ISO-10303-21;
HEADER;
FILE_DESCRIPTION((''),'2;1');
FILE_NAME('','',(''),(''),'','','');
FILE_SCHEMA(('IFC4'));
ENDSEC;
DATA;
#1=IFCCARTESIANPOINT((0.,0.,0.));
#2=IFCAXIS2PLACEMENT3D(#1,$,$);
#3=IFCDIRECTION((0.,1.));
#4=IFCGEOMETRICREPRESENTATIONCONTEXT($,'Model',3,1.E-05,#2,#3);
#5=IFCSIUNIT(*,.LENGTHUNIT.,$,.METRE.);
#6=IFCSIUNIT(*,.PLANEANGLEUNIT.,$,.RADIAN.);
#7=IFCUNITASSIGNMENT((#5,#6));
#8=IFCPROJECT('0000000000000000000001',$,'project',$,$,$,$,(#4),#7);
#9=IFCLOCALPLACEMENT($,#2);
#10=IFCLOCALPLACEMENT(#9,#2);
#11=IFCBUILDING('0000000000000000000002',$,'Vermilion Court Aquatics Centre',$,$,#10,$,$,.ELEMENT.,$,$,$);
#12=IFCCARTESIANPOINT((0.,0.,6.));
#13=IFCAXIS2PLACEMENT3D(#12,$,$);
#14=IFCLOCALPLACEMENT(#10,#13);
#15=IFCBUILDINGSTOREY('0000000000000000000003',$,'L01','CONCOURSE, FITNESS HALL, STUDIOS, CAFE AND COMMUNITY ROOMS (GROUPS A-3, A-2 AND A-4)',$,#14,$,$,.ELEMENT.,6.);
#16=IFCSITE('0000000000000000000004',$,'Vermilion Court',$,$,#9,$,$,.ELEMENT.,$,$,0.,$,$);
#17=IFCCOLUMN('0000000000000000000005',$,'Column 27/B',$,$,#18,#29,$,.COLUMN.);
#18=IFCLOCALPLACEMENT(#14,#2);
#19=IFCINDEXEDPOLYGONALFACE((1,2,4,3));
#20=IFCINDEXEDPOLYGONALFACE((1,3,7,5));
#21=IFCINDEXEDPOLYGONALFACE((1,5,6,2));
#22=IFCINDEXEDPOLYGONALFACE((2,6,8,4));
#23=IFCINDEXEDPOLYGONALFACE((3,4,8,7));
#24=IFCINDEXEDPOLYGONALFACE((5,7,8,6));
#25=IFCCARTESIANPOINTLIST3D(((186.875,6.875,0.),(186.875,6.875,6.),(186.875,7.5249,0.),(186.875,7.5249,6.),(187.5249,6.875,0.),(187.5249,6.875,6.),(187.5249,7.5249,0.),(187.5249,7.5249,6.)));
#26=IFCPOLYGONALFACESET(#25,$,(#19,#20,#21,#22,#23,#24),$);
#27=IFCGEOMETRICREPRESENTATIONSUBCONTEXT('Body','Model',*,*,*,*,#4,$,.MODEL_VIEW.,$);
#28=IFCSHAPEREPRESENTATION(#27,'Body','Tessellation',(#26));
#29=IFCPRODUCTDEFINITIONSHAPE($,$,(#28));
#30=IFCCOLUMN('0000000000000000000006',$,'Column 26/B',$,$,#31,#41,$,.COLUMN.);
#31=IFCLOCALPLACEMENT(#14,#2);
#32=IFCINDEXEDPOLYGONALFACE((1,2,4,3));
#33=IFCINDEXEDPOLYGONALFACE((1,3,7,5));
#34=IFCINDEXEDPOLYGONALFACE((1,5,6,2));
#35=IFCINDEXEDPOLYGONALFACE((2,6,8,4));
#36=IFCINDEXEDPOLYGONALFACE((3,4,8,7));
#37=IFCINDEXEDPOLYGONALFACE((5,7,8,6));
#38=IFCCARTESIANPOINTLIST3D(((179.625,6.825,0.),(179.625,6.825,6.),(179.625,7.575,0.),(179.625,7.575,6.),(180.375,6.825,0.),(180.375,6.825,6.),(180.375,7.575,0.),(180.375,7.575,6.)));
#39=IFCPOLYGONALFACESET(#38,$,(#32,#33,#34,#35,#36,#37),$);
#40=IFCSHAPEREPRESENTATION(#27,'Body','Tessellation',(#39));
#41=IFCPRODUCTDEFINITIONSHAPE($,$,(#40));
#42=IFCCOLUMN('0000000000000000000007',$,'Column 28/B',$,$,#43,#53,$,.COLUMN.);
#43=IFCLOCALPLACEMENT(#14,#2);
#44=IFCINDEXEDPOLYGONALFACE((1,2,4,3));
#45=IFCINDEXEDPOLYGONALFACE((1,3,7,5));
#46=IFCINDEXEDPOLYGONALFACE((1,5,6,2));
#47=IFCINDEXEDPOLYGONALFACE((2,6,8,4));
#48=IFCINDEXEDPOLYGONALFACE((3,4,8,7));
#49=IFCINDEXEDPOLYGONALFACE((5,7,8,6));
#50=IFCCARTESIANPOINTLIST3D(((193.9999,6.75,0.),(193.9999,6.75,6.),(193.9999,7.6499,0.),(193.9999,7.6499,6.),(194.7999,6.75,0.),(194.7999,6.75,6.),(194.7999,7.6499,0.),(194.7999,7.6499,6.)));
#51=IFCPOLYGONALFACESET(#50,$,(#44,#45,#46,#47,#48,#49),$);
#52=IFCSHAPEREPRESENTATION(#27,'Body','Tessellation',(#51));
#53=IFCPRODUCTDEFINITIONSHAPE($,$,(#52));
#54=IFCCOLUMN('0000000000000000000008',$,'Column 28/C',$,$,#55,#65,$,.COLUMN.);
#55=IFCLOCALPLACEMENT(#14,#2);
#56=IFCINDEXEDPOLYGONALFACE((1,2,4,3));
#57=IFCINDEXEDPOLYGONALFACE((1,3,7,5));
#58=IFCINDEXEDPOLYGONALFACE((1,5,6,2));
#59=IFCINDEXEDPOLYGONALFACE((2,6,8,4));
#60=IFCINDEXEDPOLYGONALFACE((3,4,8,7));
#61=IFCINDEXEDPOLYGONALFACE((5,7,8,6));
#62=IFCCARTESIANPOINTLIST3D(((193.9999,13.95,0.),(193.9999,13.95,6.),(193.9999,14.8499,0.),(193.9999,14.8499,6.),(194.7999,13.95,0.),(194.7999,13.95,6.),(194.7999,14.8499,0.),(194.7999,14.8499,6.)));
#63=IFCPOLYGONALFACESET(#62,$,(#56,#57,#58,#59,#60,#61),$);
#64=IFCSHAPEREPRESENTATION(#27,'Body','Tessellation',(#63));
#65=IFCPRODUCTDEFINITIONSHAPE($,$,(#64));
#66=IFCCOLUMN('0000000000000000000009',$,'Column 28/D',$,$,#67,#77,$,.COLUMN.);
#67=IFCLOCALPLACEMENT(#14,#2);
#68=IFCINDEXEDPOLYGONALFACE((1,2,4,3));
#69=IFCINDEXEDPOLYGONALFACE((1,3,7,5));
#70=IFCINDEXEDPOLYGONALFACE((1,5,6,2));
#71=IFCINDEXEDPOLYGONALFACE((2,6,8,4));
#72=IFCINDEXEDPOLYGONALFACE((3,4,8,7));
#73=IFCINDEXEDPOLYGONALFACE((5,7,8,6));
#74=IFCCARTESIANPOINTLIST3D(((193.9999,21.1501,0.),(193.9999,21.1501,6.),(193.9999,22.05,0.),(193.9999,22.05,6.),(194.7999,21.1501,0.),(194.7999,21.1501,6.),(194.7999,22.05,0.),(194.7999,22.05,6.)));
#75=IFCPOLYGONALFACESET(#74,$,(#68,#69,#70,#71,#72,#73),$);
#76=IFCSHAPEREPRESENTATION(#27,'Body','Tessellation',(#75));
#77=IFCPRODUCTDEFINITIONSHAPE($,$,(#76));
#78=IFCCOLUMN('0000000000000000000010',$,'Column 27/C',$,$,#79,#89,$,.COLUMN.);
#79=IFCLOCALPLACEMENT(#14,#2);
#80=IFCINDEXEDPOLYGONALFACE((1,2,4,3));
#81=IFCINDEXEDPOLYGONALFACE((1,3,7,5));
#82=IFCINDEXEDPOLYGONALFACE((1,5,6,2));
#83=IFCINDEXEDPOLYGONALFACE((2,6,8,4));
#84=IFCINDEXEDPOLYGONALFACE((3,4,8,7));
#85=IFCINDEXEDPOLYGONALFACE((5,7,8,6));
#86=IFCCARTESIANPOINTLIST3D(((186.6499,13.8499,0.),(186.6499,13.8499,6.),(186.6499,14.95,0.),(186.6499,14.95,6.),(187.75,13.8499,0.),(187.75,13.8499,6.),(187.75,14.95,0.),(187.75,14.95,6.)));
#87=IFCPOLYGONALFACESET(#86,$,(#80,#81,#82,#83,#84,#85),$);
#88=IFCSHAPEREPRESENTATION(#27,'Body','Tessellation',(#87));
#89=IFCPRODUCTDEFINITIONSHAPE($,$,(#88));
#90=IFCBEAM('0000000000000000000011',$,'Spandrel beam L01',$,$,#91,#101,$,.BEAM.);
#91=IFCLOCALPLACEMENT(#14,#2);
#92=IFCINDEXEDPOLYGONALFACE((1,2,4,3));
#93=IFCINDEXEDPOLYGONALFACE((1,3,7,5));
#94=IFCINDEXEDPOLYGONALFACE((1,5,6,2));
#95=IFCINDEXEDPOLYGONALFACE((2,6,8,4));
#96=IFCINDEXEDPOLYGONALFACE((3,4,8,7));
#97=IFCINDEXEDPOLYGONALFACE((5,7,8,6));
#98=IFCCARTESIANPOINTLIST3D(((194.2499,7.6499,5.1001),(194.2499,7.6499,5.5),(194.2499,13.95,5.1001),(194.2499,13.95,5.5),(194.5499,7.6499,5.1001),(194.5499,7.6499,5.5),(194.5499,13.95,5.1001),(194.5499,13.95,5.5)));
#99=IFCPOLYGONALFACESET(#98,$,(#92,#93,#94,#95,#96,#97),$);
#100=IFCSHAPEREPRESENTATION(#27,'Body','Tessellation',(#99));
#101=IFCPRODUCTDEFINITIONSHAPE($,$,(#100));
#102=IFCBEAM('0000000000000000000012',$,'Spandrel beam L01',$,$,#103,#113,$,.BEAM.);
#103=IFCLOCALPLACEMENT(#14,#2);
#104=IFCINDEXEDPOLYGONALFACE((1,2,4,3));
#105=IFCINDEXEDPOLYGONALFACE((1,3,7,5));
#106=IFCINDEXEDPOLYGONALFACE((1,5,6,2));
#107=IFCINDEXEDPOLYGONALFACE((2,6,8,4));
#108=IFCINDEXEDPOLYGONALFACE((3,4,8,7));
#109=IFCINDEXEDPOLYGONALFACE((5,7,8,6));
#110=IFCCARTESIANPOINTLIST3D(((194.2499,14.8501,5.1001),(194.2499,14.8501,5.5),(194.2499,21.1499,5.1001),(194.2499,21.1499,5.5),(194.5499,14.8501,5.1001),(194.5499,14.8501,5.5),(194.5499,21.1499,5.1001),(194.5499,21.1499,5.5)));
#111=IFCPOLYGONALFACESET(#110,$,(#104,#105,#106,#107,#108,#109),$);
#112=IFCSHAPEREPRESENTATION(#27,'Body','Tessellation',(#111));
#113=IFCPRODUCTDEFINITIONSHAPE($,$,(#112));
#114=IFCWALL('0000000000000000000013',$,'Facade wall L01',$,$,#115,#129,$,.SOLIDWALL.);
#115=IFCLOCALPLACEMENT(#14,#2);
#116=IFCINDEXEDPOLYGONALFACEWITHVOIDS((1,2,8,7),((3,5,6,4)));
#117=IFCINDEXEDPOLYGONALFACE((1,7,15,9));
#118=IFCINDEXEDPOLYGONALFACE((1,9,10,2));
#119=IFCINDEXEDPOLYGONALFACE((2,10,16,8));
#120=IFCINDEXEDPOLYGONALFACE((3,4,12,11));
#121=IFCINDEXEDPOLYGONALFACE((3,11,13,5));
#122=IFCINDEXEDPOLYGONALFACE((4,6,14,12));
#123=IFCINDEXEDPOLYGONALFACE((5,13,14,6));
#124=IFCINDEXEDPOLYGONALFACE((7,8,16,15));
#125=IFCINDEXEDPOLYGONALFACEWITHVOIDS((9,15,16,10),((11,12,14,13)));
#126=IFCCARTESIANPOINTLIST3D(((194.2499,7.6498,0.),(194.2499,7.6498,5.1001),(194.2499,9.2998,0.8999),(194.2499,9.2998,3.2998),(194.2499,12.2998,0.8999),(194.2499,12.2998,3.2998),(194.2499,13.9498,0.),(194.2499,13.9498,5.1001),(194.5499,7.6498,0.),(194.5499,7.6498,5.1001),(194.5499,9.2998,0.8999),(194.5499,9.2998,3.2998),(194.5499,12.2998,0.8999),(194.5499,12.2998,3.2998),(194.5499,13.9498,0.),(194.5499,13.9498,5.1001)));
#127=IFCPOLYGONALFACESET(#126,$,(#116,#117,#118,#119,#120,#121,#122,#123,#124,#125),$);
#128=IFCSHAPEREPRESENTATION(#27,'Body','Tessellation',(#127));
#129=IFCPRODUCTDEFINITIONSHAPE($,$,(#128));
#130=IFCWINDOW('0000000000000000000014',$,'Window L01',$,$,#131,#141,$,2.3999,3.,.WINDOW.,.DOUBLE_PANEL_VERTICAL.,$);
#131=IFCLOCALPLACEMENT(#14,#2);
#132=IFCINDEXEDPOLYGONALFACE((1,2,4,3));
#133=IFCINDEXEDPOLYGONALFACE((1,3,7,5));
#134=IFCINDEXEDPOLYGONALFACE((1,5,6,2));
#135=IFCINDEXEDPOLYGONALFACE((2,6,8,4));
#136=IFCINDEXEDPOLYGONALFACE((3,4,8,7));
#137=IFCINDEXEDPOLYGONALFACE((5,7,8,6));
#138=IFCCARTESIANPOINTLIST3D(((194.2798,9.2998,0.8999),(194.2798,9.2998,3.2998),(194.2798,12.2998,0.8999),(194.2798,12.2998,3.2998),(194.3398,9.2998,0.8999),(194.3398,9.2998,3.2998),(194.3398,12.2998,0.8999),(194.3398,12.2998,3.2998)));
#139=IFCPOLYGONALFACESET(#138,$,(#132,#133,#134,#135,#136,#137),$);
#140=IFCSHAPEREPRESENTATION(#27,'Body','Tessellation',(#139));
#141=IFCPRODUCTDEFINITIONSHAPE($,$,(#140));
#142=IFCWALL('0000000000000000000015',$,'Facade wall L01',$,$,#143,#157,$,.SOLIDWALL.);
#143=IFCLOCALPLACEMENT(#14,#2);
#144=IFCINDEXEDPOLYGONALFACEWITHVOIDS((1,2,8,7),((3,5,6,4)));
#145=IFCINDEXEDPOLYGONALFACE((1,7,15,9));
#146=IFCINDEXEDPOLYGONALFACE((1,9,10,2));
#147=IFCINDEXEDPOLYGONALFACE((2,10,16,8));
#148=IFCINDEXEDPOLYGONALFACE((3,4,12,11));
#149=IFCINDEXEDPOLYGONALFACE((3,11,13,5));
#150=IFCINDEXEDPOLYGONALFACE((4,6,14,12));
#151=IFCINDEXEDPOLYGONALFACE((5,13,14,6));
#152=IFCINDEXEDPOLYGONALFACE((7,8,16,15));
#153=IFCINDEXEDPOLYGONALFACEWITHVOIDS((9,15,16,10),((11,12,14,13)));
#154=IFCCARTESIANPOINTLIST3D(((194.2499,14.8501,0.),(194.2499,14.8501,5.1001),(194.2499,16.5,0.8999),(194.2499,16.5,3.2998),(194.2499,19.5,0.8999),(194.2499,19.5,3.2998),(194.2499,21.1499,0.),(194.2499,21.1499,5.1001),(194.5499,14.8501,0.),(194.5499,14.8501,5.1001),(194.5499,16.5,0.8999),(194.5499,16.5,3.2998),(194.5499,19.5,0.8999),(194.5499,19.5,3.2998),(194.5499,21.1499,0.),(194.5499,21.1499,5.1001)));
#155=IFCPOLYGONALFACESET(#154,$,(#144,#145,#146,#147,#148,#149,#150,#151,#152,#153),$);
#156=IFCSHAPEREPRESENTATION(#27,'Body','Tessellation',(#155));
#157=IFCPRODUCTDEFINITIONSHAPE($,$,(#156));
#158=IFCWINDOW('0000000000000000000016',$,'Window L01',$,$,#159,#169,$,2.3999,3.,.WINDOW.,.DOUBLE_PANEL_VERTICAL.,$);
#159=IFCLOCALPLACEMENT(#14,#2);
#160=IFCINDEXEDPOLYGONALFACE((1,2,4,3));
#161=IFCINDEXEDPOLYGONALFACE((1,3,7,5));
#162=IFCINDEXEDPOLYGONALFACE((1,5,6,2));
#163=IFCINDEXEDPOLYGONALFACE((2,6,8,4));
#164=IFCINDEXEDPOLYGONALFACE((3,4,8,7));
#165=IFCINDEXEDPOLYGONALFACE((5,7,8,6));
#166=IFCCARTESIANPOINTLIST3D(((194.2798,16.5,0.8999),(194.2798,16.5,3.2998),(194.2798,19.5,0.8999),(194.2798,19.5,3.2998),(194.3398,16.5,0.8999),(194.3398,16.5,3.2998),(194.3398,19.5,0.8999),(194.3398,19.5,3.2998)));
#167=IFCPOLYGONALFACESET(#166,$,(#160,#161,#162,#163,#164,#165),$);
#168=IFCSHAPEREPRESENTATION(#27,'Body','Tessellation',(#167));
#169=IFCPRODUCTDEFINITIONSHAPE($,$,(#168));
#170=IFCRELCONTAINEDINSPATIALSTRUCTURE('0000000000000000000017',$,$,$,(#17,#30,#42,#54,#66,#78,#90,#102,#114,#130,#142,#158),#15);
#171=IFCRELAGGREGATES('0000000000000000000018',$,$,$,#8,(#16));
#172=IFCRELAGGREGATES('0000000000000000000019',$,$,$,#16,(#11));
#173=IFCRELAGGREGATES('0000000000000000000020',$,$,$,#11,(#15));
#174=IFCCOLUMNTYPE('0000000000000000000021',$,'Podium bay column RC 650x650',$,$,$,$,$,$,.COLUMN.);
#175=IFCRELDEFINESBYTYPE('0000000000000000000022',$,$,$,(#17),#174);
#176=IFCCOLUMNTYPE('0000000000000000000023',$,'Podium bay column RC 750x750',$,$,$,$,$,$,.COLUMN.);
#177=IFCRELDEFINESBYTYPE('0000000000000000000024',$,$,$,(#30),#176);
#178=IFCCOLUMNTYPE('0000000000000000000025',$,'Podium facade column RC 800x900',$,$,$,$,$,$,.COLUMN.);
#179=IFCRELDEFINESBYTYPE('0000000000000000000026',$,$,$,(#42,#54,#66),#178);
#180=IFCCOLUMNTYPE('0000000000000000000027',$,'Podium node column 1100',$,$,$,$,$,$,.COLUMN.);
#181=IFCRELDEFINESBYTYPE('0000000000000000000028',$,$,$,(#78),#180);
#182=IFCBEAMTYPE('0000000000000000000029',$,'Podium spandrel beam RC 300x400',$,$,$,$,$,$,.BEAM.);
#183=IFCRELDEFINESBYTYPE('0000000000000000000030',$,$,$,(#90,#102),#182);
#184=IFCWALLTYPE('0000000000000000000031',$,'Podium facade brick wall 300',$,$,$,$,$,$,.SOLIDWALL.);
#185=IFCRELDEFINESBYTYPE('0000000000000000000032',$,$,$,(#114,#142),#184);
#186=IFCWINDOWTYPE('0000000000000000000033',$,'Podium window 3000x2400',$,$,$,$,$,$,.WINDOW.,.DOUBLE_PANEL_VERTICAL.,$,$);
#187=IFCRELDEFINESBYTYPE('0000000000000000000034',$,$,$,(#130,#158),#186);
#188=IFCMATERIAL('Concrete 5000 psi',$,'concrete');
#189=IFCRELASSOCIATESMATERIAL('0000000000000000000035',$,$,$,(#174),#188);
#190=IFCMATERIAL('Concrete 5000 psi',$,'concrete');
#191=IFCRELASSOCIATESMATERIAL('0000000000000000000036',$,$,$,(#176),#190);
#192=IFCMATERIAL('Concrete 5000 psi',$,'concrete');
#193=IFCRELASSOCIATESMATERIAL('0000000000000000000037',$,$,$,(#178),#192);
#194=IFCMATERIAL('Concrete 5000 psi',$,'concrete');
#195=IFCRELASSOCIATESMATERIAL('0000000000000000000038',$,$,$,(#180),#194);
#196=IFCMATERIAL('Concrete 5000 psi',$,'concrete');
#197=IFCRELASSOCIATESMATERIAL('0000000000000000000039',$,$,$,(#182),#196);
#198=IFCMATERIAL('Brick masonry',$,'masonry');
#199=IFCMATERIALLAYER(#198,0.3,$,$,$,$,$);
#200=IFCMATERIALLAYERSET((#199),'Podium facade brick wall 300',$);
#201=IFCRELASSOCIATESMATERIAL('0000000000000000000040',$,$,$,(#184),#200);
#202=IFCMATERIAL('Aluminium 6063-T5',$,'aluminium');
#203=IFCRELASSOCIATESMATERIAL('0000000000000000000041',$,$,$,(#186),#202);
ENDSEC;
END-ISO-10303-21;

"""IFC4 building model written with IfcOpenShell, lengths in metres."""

from ifc_helpers import new_model, si_unit, direction, frame, frame_2d, origin, origin_2d, place, context, subcontext, project, spatial, rectangle, extrude, material, layer, layer_set, material_profile, profile_set, type_object, element, fill, save


model = new_model("IFC4")

# Units and contexts
model_context = context("Model", 3, precision=1e-05, world=origin(), true_north=direction((0.0, 1.0)))
body_context = subcontext(model_context, "Body", "Model", "MODEL_VIEW")
ifc_project = project(units=[si_unit("LENGTHUNIT", "METRE"), si_unit("PLANEANGLEUNIT", "RADIAN")], contexts=[model_context])

# Site, building, storey
site_placement = place(None, origin())
site = spatial("IfcSite", under=ifc_project, at=site_placement, Name="Vermilion Court", CompositionType="ELEMENT", RefElevation=0.0)
building_placement = place(site_placement, origin())
building = spatial("IfcBuilding", under=site, at=building_placement, Name="Vermilion Court Aquatics Centre", CompositionType="ELEMENT")
storey_placement = place(building_placement, frame((0.0, 0.0, 6.0)))
storey = spatial("IfcBuildingStorey", under=building, at=storey_placement, Name="L01", Description="CONCOURSE, FITNESS HALL, STUDIOS, CAFE AND COMMUNITY ROOMS (GROUPS A-3, A-2 AND A-4)", CompositionType="ELEMENT", Elevation=6.0)

# Columns
ifc_material_1 = material(Name="Concrete 5000 psi", Category="concrete")
ifc_material_profile_1 = material_profile(ifc_material_1, rectangle(XDim=0.6499, YDim=0.6499, at=origin_2d()), Name="RC 650x650")
ifc_profile_set_1 = profile_set([ifc_material_profile_1], Name="Concrete 5000 psi")
column_type_1 = type_object("IfcColumnType", Name="Podium bay column RC 650x650", PredefinedType="COLUMN", material=ifc_profile_set_1)
column_1_placement = place(storey_placement, frame((187.2, 7.2, 0.0), z_axis=(0.0, 0.0, 1.0), x_axis=(1.0, 0.0, 0.0)))
element("IfcColumn", 1, at=column_1_placement, inside=storey, type_object=column_type_1, Name="Column 27/B", PredefinedType="COLUMN", context=body_context, shape_type="SweptSolid", body=[
    extrude(rectangle(XDim=0.6499, YDim=0.6499, at=origin_2d()), origin(), (0.0, 0.0, 1.0), 6.0),
])
ifc_material_2 = material(Name="Concrete 5000 psi", Category="concrete")
ifc_material_profile_2 = material_profile(ifc_material_2, rectangle(XDim=0.75, YDim=0.75, at=origin_2d()), Name="RC 750x750")
ifc_profile_set_2 = profile_set([ifc_material_profile_2], Name="Concrete 5000 psi")
column_type_2 = type_object("IfcColumnType", Name="Podium bay column RC 750x750", PredefinedType="COLUMN", material=ifc_profile_set_2)
column_2_placement = place(storey_placement, frame((180.0, 7.2, 0.0), z_axis=(0.0, 0.0, 1.0), x_axis=(1.0, 0.0, 0.0)))
element("IfcColumn", 2, at=column_2_placement, inside=storey, type_object=column_type_2, Name="Column 26/B", PredefinedType="COLUMN", context=body_context, shape_type="SweptSolid", body=[
    extrude(rectangle(XDim=0.75, YDim=0.75, at=origin_2d()), origin(), (0.0, 0.0, 1.0), 6.0),
])
ifc_material_3 = material(Name="Concrete 5000 psi", Category="concrete")
ifc_material_profile_3 = material_profile(ifc_material_3, rectangle(XDim=0.8, YDim=0.8999, at=origin_2d()), Name="RC 800x900")
ifc_profile_set_3 = profile_set([ifc_material_profile_3], Name="Concrete 5000 psi")
column_type_3 = type_object("IfcColumnType", Name="Podium facade column RC 800x900", PredefinedType="COLUMN", material=ifc_profile_set_3)
for number, where, z_axis, x_axis, name in (
    (3, (194.3999, 7.2, 0.0), (0.0, 0.0, 1.0), (1.0, 0.0, 0.0), "Column 28/B"),
    (4, (194.3999, 14.3999, 0.0), (0.0, 0.0, 1.0), (1.0, 0.0, 0.0), "Column 28/C"),
    (5, (194.3999, 21.6001, 0.0), (0.0, 0.0, 1.0), (1.0, 0.0, 0.0), "Column 28/D"),
):
    element("IfcColumn", number, at=place(storey_placement, frame(where, z_axis=z_axis, x_axis=x_axis)), inside=storey, type_object=column_type_3, Name=name, PredefinedType="COLUMN", context=body_context, shape_type="SweptSolid", body=[
        extrude(rectangle(XDim=0.8, YDim=0.8999, at=origin_2d()), origin(), (0.0, 0.0, 1.0), 6.0),
    ])
ifc_material_4 = material(Name="Concrete 5000 psi", Category="concrete")
ifc_material_profile_4 = material_profile(ifc_material_4, rectangle(XDim=1.1001, YDim=1.1001, at=origin_2d()), Name="RC 1100x1100")
ifc_profile_set_4 = profile_set([ifc_material_profile_4], Name="Concrete 5000 psi")
column_type_4 = type_object("IfcColumnType", Name="Podium node column 1100", PredefinedType="COLUMN", material=ifc_profile_set_4)
column_3_placement = place(storey_placement, frame((187.2, 14.3999, 0.0), z_axis=(0.0, 0.0, 1.0), x_axis=(1.0, 0.0, 0.0)))
element("IfcColumn", 6, at=column_3_placement, inside=storey, type_object=column_type_4, Name="Column 27/C", PredefinedType="COLUMN", context=body_context, shape_type="SweptSolid", body=[
    extrude(rectangle(XDim=1.1001, YDim=1.1001, at=origin_2d()), origin(), (0.0, 0.0, 1.0), 6.0),
])

# Beams
ifc_material_5 = material(Name="Concrete 5000 psi", Category="concrete")
ifc_material_profile_5 = material_profile(ifc_material_5, rectangle(XDim=0.3, YDim=0.3999, at=origin_2d()), Name="RC 300x400")
ifc_profile_set_5 = profile_set([ifc_material_profile_5], Name="Concrete 5000 psi")
beam_type = type_object("IfcBeamType", Name="Podium spandrel beam RC 300x400", PredefinedType="BEAM", material=ifc_profile_set_5)
beam_1_placement = place(storey_placement, frame((194.3999, 7.6499, 5.3), z_axis=(0.0, 1.0, 0.0), x_axis=(-1.0, 0.0, 0.0)))
element("IfcBeam", 7, at=beam_1_placement, inside=storey, type_object=beam_type, Name="Spandrel beam L01", PredefinedType="BEAM", context=body_context, shape_type="SweptSolid", body=[
    extrude(rectangle(XDim=0.3, YDim=0.3999, at=origin_2d()), origin(), (0.0, 0.0, 1.0), 6.3),
])
beam_2_placement = place(storey_placement, frame((194.3999, 14.8501, 5.3), z_axis=(0.0, 1.0, 0.0), x_axis=(-1.0, 0.0, 0.0)))
element("IfcBeam", 8, at=beam_2_placement, inside=storey, type_object=beam_type, Name="Spandrel beam L01", PredefinedType="BEAM", context=body_context, shape_type="SweptSolid", body=[
    extrude(rectangle(XDim=0.3, YDim=0.3999, at=origin_2d()), origin(), (0.0, 0.0, 1.0), 6.2998),
])

# Walls, openings, windows
ifc_material_6 = material(Name="Brick masonry", Category="masonry")
ifc_layer_1 = layer(ifc_material_6, 0.3)
ifc_layer_set_1 = layer_set([ifc_layer_1], Name="Podium facade brick wall 300")
wall_type_1 = type_object("IfcWallType", Name="Podium facade brick wall 300", PredefinedType="SOLIDWALL", material=ifc_layer_set_1)
wall_1_placement = place(storey_placement, frame((194.3999, 7.6499, 0.0), z_axis=(0.0, 0.0, 1.0), x_axis=(0.0, 1.0, 0.0)))
wall_1 = element("IfcWall", 9, at=wall_1_placement, inside=storey, type_object=wall_type_1, Name="Facade wall L01", PredefinedType="SOLIDWALL", context=body_context, shape_type="SweptSolid", body=[
    extrude(rectangle(XDim=6.3, YDim=0.3, at=frame_2d((3.1499, 0.0))), origin(), (0.0, 0.0, 1.0), 5.1001),
])
opening_1_placement = place(wall_1_placement, frame((1.6499, 0.0, 0.8999)))
opening_1 = element("IfcOpeningElement", 10, at=opening_1_placement, cuts=wall_1, PredefinedType="OPENING", context=body_context, shape_type="SweptSolid", body=[
    extrude(rectangle(XDim=3.0, YDim=2.3999, at=frame_2d((1.5, 1.2))), frame((0.0, 0.1599, 0.0), z_axis=(0.0, -1.0, 0.0), x_axis=(1.0, 0.0, 0.0)), (0.0, 0.0, 1.0), 0.3201),
])
ifc_material_7 = material(Name="Aluminium 6063-T5", Category="aluminium")
window_type = type_object("IfcWindowType", Name="Podium window 3000x2400", PartitioningType="DOUBLE_PANEL_VERTICAL", PredefinedType="WINDOW", material=ifc_material_7)
window_1_placement = place(opening_1_placement, origin())
window_1 = element("IfcWindow", 11, at=window_1_placement, inside=storey, type_object=window_type, Name="Window L01", OverallHeight=2.3999, OverallWidth=3.0, PartitioningType="DOUBLE_PANEL_VERTICAL", PredefinedType="WINDOW", context=body_context, shape_type="SweptSolid", body=[
    extrude(rectangle(XDim=3.0, YDim=2.3999, at=frame_2d((1.5, 1.2))), frame((0.0, 0.1201, 0.0), z_axis=(0.0, -1.0, 0.0), x_axis=(1.0, 0.0, 0.0)), (0.0, 0.0, 1.0), 0.0601),
])
fill(opening_1, window_1)
wall_2_placement = place(storey_placement, frame((194.3999, 14.8501, 0.0), z_axis=(0.0, 0.0, 1.0), x_axis=(0.0, 1.0, 0.0)))
wall_2 = element("IfcWall", 12, at=wall_2_placement, inside=storey, type_object=wall_type_1, Name="Facade wall L01", PredefinedType="SOLIDWALL", context=body_context, shape_type="SweptSolid", body=[
    extrude(rectangle(XDim=6.2998, YDim=0.3, at=frame_2d((3.1499, 0.0))), origin(), (0.0, 0.0, 1.0), 5.1001),
])
opening_2_placement = place(wall_2_placement, frame((1.6499, 0.0, 0.8999)))
opening_2 = element("IfcOpeningElement", 13, at=opening_2_placement, cuts=wall_2, PredefinedType="OPENING", context=body_context, shape_type="SweptSolid", body=[
    extrude(rectangle(XDim=3.0, YDim=2.3999, at=frame_2d((1.5, 1.2))), frame((0.0, 0.1599, 0.0), z_axis=(0.0, -1.0, 0.0), x_axis=(1.0, 0.0, 0.0)), (0.0, 0.0, 1.0), 0.3201),
])
window_2_placement = place(opening_2_placement, origin())
window_2 = element("IfcWindow", 14, at=window_2_placement, inside=storey, type_object=window_type, Name="Window L01", OverallHeight=2.3999, OverallWidth=3.0, PartitioningType="DOUBLE_PANEL_VERTICAL", PredefinedType="WINDOW", context=body_context, shape_type="SweptSolid", body=[
    extrude(rectangle(XDim=3.0, YDim=2.3999, at=frame_2d((1.5, 1.2))), frame((0.0, 0.1201, 0.0), z_axis=(0.0, -1.0, 0.0), x_axis=(1.0, 0.0, 0.0)), (0.0, 0.0, 1.0), 0.0601),
])
fill(opening_2, window_2)

save(model, "model.ifc")
